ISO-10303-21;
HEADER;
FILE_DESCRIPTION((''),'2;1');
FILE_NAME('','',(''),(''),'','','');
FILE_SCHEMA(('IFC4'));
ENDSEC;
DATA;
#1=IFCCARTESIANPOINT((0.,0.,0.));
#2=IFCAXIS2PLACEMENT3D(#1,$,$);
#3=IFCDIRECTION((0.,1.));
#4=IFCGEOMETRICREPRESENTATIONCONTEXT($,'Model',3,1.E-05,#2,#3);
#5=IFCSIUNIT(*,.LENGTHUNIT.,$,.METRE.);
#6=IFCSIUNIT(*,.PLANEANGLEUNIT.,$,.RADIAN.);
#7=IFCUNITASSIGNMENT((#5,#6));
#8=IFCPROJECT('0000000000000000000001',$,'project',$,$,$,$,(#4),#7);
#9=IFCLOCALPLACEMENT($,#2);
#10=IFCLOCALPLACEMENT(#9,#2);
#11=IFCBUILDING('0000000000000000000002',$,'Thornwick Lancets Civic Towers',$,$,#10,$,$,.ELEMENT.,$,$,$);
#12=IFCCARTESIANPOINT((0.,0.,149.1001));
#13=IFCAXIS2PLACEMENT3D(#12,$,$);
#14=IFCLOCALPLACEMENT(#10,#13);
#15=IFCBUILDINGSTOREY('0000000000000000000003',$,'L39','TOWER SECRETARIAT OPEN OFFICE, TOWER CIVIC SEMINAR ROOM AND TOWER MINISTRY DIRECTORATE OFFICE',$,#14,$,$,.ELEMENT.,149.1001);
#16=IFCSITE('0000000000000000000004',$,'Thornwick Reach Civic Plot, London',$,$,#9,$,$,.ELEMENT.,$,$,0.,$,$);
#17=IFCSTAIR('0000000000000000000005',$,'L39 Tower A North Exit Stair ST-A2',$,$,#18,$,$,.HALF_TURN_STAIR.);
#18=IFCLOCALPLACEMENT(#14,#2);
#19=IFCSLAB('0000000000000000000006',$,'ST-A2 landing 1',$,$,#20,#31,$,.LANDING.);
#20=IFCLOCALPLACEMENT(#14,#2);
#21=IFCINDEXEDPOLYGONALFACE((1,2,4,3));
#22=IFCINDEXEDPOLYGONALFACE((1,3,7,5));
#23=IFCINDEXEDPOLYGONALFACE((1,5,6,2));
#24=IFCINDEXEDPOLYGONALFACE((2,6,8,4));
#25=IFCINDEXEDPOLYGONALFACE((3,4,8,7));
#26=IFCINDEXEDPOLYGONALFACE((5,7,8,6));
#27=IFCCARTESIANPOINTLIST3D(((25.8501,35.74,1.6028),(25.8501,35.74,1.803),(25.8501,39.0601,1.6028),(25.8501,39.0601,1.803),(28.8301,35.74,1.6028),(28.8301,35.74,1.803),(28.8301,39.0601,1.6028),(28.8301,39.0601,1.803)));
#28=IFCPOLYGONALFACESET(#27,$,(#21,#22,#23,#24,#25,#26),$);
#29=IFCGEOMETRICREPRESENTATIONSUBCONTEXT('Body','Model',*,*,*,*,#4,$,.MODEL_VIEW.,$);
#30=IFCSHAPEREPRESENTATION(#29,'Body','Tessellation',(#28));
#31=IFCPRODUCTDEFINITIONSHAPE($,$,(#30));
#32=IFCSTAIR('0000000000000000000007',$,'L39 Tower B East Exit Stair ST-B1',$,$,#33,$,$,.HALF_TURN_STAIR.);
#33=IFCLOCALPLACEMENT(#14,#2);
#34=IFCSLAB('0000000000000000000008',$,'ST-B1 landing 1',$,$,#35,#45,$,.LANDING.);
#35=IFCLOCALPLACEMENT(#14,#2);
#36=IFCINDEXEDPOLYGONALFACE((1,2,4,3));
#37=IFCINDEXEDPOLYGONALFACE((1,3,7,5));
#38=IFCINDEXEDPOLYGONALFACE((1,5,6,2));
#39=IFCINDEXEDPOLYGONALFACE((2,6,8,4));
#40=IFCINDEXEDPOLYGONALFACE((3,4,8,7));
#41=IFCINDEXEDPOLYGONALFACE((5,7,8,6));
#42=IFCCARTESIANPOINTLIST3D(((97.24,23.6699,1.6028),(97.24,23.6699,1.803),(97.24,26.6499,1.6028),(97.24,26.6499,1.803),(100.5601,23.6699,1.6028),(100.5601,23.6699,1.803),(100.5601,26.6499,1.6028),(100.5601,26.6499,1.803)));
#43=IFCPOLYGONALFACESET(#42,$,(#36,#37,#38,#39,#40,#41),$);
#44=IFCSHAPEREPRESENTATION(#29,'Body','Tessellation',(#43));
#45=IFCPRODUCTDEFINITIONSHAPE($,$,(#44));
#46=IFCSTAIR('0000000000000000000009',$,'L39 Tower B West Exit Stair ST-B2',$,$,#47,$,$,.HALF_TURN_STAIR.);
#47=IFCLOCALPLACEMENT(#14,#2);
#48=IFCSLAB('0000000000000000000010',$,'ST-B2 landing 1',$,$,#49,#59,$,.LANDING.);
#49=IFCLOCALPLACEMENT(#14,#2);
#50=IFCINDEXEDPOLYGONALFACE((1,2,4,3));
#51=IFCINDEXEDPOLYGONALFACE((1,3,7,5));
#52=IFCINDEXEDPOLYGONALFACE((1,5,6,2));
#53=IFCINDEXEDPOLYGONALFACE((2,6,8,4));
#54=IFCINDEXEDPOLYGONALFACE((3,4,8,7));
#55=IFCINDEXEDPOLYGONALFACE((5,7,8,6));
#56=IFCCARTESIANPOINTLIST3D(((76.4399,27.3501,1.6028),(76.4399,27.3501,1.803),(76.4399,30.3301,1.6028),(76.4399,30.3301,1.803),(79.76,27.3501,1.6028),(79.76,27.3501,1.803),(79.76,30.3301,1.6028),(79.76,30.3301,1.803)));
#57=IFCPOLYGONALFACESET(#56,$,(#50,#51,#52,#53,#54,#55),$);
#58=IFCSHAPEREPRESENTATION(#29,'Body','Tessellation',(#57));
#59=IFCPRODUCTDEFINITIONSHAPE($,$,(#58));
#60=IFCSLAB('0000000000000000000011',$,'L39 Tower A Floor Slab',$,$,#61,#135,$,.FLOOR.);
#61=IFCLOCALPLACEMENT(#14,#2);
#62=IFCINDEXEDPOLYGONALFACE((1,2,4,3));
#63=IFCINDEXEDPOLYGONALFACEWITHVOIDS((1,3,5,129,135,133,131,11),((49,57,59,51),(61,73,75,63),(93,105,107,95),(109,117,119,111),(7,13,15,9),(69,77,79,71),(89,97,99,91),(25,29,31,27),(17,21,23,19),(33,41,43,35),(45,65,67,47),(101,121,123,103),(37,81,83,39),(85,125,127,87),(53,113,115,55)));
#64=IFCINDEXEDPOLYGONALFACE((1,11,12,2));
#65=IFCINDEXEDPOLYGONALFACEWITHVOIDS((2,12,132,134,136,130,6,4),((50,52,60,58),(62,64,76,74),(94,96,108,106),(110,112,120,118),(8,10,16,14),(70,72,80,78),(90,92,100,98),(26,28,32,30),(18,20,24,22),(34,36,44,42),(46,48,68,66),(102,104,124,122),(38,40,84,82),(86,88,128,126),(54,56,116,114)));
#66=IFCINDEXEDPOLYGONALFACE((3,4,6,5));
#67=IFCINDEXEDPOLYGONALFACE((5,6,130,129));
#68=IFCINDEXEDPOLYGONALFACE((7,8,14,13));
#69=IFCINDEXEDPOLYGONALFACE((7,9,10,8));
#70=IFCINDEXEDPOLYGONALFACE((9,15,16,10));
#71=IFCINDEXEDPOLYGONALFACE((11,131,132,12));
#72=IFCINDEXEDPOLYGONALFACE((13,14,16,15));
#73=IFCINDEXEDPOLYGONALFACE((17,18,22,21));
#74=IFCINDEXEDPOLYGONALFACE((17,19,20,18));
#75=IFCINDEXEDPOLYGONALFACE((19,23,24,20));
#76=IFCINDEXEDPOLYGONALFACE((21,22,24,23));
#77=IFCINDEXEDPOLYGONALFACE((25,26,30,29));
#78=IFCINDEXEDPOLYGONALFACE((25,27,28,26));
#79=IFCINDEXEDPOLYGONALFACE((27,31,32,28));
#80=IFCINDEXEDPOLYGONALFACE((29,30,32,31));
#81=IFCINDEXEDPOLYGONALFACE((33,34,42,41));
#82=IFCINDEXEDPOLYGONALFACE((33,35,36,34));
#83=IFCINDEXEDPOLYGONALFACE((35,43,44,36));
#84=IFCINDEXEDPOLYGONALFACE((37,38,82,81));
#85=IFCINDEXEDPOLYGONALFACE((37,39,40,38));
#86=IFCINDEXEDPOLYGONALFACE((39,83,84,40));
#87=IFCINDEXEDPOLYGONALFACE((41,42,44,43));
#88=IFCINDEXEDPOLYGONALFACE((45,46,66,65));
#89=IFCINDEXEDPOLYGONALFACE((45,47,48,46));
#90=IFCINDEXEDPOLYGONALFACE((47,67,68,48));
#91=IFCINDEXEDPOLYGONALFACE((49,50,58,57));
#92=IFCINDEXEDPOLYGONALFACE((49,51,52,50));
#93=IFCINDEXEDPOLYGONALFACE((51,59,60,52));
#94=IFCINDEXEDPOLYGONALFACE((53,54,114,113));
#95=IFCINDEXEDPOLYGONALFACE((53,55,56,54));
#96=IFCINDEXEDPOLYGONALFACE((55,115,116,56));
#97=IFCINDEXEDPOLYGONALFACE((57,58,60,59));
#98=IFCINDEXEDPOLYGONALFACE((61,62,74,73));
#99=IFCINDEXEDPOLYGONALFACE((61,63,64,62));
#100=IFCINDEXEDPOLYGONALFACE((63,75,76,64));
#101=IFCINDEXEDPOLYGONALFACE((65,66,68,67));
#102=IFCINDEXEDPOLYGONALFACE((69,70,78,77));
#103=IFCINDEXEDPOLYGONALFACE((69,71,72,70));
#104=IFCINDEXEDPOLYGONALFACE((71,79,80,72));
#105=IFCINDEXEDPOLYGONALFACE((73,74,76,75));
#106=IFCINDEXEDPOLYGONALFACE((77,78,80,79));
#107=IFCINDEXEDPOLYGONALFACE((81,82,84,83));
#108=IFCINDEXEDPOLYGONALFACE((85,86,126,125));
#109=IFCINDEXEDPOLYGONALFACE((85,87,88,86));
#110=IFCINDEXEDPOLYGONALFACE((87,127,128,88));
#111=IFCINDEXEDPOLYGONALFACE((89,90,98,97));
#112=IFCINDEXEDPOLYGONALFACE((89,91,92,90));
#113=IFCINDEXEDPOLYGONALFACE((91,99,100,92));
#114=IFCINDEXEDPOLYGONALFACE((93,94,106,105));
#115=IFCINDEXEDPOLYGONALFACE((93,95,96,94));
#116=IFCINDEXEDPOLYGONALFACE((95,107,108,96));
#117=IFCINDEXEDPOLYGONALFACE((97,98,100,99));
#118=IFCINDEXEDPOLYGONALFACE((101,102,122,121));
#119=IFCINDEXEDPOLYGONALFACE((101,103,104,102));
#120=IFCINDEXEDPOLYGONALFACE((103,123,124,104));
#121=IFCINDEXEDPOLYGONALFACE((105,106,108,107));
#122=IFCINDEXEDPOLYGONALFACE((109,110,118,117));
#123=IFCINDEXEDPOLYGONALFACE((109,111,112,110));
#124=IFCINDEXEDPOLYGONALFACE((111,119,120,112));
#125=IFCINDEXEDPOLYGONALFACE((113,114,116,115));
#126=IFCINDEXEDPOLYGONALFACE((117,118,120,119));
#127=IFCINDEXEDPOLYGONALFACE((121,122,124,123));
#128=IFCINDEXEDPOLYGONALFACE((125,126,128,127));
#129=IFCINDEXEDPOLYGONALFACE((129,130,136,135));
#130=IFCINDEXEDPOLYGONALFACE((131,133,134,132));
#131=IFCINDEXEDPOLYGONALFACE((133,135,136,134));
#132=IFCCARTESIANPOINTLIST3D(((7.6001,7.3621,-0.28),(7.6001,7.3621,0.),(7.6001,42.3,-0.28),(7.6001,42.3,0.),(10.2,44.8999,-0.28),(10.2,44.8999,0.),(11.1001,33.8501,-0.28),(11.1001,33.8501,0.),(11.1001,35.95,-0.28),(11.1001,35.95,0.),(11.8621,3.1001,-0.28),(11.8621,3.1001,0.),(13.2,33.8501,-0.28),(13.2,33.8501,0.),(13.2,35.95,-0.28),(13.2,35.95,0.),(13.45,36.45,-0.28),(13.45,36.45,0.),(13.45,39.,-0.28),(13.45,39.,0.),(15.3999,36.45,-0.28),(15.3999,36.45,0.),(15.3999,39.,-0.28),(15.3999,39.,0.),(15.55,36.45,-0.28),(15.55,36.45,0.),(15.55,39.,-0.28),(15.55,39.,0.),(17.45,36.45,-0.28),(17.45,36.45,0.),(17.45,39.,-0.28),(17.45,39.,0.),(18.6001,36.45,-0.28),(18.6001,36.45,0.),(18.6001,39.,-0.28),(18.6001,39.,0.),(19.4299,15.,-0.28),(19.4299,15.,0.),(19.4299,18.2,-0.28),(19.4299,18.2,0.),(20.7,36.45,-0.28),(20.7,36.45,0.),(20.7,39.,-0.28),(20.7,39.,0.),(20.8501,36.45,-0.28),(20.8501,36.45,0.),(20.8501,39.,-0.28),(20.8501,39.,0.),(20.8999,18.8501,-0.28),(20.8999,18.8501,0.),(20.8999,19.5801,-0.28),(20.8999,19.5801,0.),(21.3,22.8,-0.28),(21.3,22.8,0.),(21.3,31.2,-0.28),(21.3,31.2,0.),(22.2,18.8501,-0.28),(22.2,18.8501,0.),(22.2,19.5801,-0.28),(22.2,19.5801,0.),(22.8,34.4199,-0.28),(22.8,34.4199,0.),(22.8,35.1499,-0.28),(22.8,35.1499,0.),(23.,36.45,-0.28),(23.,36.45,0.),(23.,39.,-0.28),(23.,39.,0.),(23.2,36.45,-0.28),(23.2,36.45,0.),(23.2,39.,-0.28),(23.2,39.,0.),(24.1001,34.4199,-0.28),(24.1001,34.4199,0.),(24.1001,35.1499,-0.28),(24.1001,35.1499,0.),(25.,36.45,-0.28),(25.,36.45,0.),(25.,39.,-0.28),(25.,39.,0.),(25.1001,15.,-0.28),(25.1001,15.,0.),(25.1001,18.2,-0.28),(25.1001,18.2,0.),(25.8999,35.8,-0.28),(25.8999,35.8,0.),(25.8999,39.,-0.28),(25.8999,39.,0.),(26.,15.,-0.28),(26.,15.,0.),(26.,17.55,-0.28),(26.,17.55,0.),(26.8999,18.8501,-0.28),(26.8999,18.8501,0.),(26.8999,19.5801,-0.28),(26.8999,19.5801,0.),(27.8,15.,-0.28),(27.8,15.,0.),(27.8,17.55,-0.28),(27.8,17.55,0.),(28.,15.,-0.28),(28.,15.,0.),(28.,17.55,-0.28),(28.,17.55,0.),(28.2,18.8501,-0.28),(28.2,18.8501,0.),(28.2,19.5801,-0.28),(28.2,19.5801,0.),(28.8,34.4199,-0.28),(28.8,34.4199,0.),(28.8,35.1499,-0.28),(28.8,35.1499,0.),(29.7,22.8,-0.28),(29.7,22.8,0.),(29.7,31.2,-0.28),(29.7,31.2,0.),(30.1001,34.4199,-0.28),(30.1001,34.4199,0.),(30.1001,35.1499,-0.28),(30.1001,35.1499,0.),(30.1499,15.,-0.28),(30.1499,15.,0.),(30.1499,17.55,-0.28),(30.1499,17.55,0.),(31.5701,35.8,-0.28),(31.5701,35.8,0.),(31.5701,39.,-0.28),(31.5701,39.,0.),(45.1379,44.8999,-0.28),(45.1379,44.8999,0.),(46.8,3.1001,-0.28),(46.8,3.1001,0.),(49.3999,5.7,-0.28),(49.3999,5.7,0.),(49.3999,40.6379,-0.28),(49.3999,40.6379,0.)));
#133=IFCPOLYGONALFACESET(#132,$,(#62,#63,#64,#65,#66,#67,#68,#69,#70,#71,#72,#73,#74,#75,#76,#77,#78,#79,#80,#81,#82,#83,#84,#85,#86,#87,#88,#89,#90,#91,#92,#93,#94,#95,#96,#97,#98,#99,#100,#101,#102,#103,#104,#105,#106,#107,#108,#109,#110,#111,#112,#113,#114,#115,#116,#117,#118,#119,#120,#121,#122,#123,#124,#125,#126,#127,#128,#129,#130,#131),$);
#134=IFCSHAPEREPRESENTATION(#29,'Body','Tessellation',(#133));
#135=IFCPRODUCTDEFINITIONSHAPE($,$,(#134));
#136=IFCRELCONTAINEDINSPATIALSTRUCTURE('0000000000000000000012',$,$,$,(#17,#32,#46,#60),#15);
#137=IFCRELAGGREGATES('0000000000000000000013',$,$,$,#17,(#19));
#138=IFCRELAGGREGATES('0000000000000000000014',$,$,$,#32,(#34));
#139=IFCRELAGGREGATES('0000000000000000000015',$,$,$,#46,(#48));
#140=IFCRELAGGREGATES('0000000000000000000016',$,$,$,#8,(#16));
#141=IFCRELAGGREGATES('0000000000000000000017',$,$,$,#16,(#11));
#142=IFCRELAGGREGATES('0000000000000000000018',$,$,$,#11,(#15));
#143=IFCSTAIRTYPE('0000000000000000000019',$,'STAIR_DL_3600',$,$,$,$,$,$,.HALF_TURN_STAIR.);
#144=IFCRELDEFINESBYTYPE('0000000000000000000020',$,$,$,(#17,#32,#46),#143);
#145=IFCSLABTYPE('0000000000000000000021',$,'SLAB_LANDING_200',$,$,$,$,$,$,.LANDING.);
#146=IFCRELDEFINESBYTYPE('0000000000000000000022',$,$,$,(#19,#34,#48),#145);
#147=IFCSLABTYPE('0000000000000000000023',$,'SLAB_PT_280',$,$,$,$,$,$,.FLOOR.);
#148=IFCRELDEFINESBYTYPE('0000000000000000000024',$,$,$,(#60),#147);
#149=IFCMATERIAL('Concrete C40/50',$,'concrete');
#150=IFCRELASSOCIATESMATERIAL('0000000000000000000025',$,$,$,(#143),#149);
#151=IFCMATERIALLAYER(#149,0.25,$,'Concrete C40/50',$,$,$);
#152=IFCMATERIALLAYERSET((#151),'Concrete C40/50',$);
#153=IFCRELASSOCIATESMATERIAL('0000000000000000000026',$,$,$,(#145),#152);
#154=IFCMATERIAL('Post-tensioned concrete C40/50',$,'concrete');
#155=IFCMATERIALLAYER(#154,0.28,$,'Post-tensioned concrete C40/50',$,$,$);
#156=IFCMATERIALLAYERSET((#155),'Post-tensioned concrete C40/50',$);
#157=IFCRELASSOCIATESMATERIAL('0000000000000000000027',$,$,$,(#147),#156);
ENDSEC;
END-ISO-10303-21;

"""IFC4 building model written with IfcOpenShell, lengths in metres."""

from ifc_helpers import new_model, si_unit, direction, frame, origin, place, context, subcontext, project, spatial, polyline, outline, extrude, material, layer, layer_set, type_object, element, aggregate, save


model = new_model("IFC4")

# Units and contexts
model_context = context("Model", 3, precision=1e-05, world=origin(), true_north=direction((0.0, 1.0)))
body_context = subcontext(model_context, "Body", "Model", "MODEL_VIEW")
ifc_project = project(units=[si_unit("LENGTHUNIT", "METRE"), si_unit("PLANEANGLEUNIT", "RADIAN")], contexts=[model_context])

# Site, building, storey
site_placement = place(None, origin())
site = spatial("IfcSite", under=ifc_project, at=site_placement, Name="Thornwick Reach Civic Plot, London", CompositionType="ELEMENT", RefElevation=0.0)
building_placement = place(site_placement, origin())
building = spatial("IfcBuilding", under=site, at=building_placement, Name="Thornwick Lancets Civic Towers", CompositionType="ELEMENT")
storey_placement = place(building_placement, frame((0.0, 0.0, 149.1001)))
storey = spatial("IfcBuildingStorey", under=building, at=storey_placement, Name="L39", Description="TOWER SECRETARIAT OPEN OFFICE, TOWER CIVIC SEMINAR ROOM AND TOWER MINISTRY DIRECTORATE OFFICE", CompositionType="ELEMENT", Elevation=149.1001)

# Stairs, slabs
ifc_material_1 = material(Name="Concrete C40/50", Category="concrete")
stair_type = type_object("IfcStairType", Name="STAIR_DL_3600", PredefinedType="HALF_TURN_STAIR", material=ifc_material_1)
ifc_layer_1 = layer(ifc_material_1, 0.25, Name="Concrete C40/50")
ifc_layer_set_1 = layer_set([ifc_layer_1], Name="Concrete C40/50")
slab_type_1 = type_object("IfcSlabType", Name="SLAB_LANDING_200", PredefinedType="LANDING", material=ifc_layer_set_1)
stair_1_placement = place(storey_placement, origin())
stair_1 = element("IfcStair", 1, at=stair_1_placement, inside=storey, type_object=stair_type, Name="L39 Tower A North Exit Stair ST-A2", PredefinedType="HALF_TURN_STAIR")
slab_1_placement = place(storey_placement, frame((0.0, 0.0, 1.6028)))
slab_1 = element("IfcSlab", 2, at=slab_1_placement, type_object=slab_type_1, Name="ST-A2 landing 1", PredefinedType="LANDING", context=body_context, shape_type="SweptSolid", body=[
    extrude(outline(polyline([(28.8301, 39.0601), (25.8501, 39.0601), (25.8501, 35.74), (28.8301, 35.74), (28.8301, 39.0601)])), origin(), (0.0, 0.0, 1.0), 0.2002),
])
aggregate(stair_1, [slab_1])
stair_2_placement = place(storey_placement, origin())
stair_2 = element("IfcStair", 3, at=stair_2_placement, inside=storey, type_object=stair_type, Name="L39 Tower B East Exit Stair ST-B1", PredefinedType="HALF_TURN_STAIR")
slab_2_placement = place(storey_placement, frame((0.0, 0.0, 1.6028)))
slab_2 = element("IfcSlab", 4, at=slab_2_placement, type_object=slab_type_1, Name="ST-B1 landing 1", PredefinedType="LANDING", context=body_context, shape_type="SweptSolid", body=[
    extrude(outline(polyline([(100.5601, 23.6699), (100.5601, 26.6499), (97.24, 26.6499), (97.24, 23.6699), (100.5601, 23.6699)])), origin(), (0.0, 0.0, 1.0), 0.2002),
])
aggregate(stair_2, [slab_2])
stair_3_placement = place(storey_placement, origin())
stair_3 = element("IfcStair", 5, at=stair_3_placement, inside=storey, type_object=stair_type, Name="L39 Tower B West Exit Stair ST-B2", PredefinedType="HALF_TURN_STAIR")
slab_3_placement = place(storey_placement, frame((0.0, 0.0, 1.6028)))
slab_3 = element("IfcSlab", 6, at=slab_3_placement, type_object=slab_type_1, Name="ST-B2 landing 1", PredefinedType="LANDING", context=body_context, shape_type="SweptSolid", body=[
    extrude(outline(polyline([(76.4399, 30.3301), (76.4399, 27.3501), (79.76, 27.3501), (79.76, 30.3301), (76.4399, 30.3301)])), origin(), (0.0, 0.0, 1.0), 0.2002),
])
aggregate(stair_3, [slab_3])

# Slab
ifc_material_2 = material(Name="Post-tensioned concrete C40/50", Category="concrete")
ifc_layer_2 = layer(ifc_material_2, 0.28, Name="Post-tensioned concrete C40/50")
ifc_layer_set_2 = layer_set([ifc_layer_2], Name="Post-tensioned concrete C40/50")
slab_type_2 = type_object("IfcSlabType", Name="SLAB_PT_280", PredefinedType="FLOOR", material=ifc_layer_set_2)
slab_4_placement = place(storey_placement, frame((0.0, 0.0, -0.28)))
element("IfcSlab", 7, at=slab_4_placement, inside=storey, type_object=slab_type_2, Name="L39 Tower A Floor Slab", PredefinedType="FLOOR", context=body_context, shape_type="SweptSolid", body=[
    extrude(outline(polyline([(11.8621, 3.1001), (46.8, 3.1001), (49.3999, 5.7), (49.3999, 40.6379), (45.1379, 44.8999), (10.2, 44.8999), (7.6001, 42.3), (7.6001, 7.3621), (11.8621, 3.1001)]), holes=[polyline([(21.3, 22.8), (29.7, 22.8), (29.7, 31.2), (21.3, 31.2), (21.3, 22.8)]), polyline([(19.4299, 15.0), (25.1001, 15.0), (25.1001, 18.2), (19.4299, 18.2), (19.4299, 15.0)]), polyline([(31.5701, 39.0), (25.8999, 39.0), (25.8999, 35.8), (31.5701, 35.8), (31.5701, 39.0)]), polyline([(26.0, 15.0), (27.8, 15.0), (27.8, 17.55), (26.0, 17.55), (26.0, 15.0)]), polyline([(28.0, 15.0), (30.1499, 15.0), (30.1499, 17.55), (28.0, 17.55), (28.0, 15.0)]), polyline([(23.2, 36.45), (25.0, 36.45), (25.0, 39.0), (23.2, 39.0), (23.2, 36.45)]), polyline([(20.8501, 36.45), (23.0, 36.45), (23.0, 39.0), (20.8501, 39.0), (20.8501, 36.45)]), polyline([(18.6001, 36.45), (20.7, 36.45), (20.7, 39.0), (18.6001, 39.0), (18.6001, 36.45)]), polyline([(15.55, 36.45), (17.45, 36.45), (17.45, 39.0), (15.55, 39.0), (15.55, 36.45)]), polyline([(13.45, 36.45), (15.3999, 36.45), (15.3999, 39.0), (13.45, 39.0), (13.45, 36.45)]), polyline([(11.1001, 33.8501), (13.2, 33.8501), (13.2, 35.95), (11.1001, 35.95), (11.1001, 33.8501)]), polyline([(26.8999, 18.8501), (28.2, 18.8501), (28.2, 19.5801), (26.8999, 19.5801), (26.8999, 18.8501)]), polyline([(20.8999, 18.8501), (22.2, 18.8501), (22.2, 19.5801), (20.8999, 19.5801), (20.8999, 18.8501)]), polyline([(22.8, 34.4199), (24.1001, 34.4199), (24.1001, 35.1499), (22.8, 35.1499), (22.8, 34.4199)]), polyline([(28.8, 34.4199), (30.1001, 34.4199), (30.1001, 35.1499), (28.8, 35.1499), (28.8, 34.4199)])]), origin(), (0.0, 0.0, 1.0), 0.28),
])

save(model, "model.ifc")
